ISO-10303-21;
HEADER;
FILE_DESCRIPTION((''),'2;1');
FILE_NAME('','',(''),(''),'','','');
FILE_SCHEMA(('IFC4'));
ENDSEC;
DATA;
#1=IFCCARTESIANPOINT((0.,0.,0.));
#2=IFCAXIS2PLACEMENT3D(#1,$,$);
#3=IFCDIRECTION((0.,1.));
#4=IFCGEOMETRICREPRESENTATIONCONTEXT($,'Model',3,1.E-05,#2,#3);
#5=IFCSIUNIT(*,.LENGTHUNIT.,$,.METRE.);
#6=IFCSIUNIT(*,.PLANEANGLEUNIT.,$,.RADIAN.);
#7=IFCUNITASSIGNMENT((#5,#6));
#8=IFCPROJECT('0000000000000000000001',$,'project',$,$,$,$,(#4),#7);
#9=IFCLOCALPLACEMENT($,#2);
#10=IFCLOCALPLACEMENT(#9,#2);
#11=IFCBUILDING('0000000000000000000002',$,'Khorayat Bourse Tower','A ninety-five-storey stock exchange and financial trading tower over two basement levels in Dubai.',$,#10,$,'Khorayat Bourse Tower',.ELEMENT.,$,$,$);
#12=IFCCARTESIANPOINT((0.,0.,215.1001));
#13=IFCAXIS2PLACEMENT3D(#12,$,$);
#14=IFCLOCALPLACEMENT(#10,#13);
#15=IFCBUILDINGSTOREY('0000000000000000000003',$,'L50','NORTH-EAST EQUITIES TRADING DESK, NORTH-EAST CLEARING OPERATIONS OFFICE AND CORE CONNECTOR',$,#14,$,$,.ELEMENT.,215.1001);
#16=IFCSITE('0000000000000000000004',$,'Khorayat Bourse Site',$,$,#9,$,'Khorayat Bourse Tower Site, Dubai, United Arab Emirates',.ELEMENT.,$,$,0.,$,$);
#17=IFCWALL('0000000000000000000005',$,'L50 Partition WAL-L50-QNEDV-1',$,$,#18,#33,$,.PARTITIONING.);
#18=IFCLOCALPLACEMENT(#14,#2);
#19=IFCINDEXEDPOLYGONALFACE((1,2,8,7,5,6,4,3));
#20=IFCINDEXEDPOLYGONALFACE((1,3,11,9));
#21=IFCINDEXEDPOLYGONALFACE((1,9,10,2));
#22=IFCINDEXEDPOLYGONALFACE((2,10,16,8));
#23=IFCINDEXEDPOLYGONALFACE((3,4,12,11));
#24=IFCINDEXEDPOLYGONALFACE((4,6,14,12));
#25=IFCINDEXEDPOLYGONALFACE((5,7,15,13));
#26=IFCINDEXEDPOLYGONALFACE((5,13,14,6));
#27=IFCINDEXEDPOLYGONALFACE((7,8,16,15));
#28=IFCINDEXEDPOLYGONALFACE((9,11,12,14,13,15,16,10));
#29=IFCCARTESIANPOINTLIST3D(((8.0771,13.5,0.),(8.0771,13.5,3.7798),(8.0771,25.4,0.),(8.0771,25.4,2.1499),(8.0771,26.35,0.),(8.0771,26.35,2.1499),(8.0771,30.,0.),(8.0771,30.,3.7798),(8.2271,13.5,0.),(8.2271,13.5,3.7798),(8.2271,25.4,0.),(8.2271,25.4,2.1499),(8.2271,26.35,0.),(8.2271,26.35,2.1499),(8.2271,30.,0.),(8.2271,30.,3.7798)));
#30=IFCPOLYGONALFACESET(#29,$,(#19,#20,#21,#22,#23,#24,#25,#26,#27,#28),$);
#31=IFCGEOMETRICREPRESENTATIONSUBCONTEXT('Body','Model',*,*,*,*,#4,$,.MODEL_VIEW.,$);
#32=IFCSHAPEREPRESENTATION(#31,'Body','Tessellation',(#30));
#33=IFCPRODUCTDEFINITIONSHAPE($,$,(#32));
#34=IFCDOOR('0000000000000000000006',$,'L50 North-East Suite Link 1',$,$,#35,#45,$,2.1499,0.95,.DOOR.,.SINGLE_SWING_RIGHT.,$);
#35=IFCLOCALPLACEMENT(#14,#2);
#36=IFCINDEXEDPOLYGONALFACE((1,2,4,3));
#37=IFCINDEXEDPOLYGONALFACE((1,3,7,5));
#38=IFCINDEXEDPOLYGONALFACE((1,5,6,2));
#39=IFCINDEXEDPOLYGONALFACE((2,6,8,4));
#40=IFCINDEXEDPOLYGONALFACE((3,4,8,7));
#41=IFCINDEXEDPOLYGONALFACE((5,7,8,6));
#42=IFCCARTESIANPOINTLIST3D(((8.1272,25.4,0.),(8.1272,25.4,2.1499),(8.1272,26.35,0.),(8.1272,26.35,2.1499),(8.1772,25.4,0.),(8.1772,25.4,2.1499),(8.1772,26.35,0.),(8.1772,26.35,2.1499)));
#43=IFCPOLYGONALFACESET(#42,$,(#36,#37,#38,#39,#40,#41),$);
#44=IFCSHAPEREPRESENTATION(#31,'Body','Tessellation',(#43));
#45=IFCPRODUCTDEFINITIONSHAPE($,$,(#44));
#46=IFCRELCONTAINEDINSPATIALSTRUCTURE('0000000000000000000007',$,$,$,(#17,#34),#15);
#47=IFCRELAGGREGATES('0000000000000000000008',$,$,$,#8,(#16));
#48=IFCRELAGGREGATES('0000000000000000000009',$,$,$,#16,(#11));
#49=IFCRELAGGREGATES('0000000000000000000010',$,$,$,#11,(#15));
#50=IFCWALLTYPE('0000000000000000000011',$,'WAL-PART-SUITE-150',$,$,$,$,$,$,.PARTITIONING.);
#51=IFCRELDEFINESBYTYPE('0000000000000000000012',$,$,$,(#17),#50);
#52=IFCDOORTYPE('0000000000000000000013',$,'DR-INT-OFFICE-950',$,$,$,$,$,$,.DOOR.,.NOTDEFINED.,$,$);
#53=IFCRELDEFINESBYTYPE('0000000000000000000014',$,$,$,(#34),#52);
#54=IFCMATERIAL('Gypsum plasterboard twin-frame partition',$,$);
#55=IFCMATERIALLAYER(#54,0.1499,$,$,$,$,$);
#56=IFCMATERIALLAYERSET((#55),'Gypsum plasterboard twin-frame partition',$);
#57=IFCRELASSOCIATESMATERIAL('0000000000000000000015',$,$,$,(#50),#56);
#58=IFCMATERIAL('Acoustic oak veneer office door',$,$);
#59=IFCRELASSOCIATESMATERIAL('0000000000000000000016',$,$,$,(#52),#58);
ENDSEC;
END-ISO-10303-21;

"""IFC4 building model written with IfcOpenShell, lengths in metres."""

from ifc_helpers import new_model, si_unit, direction, frame, frame_2d, origin, place, context, subcontext, project, spatial, rectangle, extrude, source, transform, mapped, material, layer, layer_set, type_object, element, fill, save


model = new_model("IFC4")

# Units and contexts
model_context = context("Model", 3, precision=1e-05, world=origin(), true_north=direction((0.0, 1.0)))
body_context = subcontext(model_context, "Body", "Model", "MODEL_VIEW")
ifc_project = project(units=[si_unit("LENGTHUNIT", "METRE"), si_unit("PLANEANGLEUNIT", "RADIAN")], contexts=[model_context])

# Site, building, storey
site_placement = place(None, origin())
site = spatial("IfcSite", under=ifc_project, at=site_placement, Name="Khorayat Bourse Site", LongName="Khorayat Bourse Tower Site, Dubai, United Arab Emirates", CompositionType="ELEMENT", RefElevation=0.0)
building_placement = place(site_placement, origin())
building = spatial("IfcBuilding", under=site, at=building_placement, Name="Khorayat Bourse Tower", Description="A ninety-five-storey stock exchange and financial trading tower over two basement levels in Dubai.", LongName="Khorayat Bourse Tower", CompositionType="ELEMENT")
storey_placement = place(building_placement, frame((0.0, 0.0, 215.1001)))
storey = spatial("IfcBuildingStorey", under=building, at=storey_placement, Name="L50", Description="NORTH-EAST EQUITIES TRADING DESK, NORTH-EAST CLEARING OPERATIONS OFFICE AND CORE CONNECTOR", CompositionType="ELEMENT", Elevation=215.1001)

# Wall, opening, door
ifc_material_1 = material(Name="Gypsum plasterboard twin-frame partition")
ifc_layer_1 = layer(ifc_material_1, 0.1499)
ifc_layer_set_1 = layer_set([ifc_layer_1], Name="Gypsum plasterboard twin-frame partition")
wall_type_1 = type_object("IfcWallType", Name="WAL-PART-SUITE-150", PredefinedType="PARTITIONING", material=ifc_layer_set_1)
shared_shape_1 = source(origin(), body_context, "Body", "SweptSolid", [
    extrude(rectangle(XDim=16.5, YDim=0.1499, at=frame_2d((8.25, 0.0))), origin(), (0.0, 0.0, 1.0), 3.7798),
])
wall_1_placement = place(storey_placement, frame((8.1521, 13.5, 0.0), z_axis=(0.0, 0.0, 1.0), x_axis=(0.0, 1.0, 0.0)))
wall_1 = element("IfcWall", 1, at=wall_1_placement, inside=storey, type_object=wall_type_1, Name="L50 Partition WAL-L50-QNEDV-1", PredefinedType="PARTITIONING", context=body_context, shape_type="MappedRepresentation", body=[
    mapped(shared_shape_1, transform((0.0, 0.0, 0.0), scale=1.0)),
])
shared_shape_2 = source(origin(), body_context, "Body", "SweptSolid", [
    extrude(rectangle(XDim=0.95, YDim=2.1499, at=frame_2d((0.4751, 1.075))), frame((0.0, 0.085, 0.0), z_axis=(0.0, -1.0, 0.0), x_axis=(1.0, 0.0, 0.0)), (0.0, 0.0, 1.0), 0.1699),
])
opening_1_placement = place(wall_1_placement, frame((11.8999, 0.0, 0.0)))
opening_1 = element("IfcOpeningElement", 2, at=opening_1_placement, cuts=wall_1, PredefinedType="OPENING", context=body_context, shape_type="MappedRepresentation", body=[
    mapped(shared_shape_2, transform((0.0, 0.0, 0.0), scale=1.0)),
])
ifc_material_2 = material(Name="Acoustic oak veneer office door")
door_type_1 = type_object("IfcDoorType", Name="DR-INT-OFFICE-950", OperationType="NOTDEFINED", PredefinedType="DOOR", material=ifc_material_2)
shared_shape_3 = source(origin(), body_context, "Body", "SweptSolid", [
    extrude(rectangle(XDim=0.95, YDim=2.1499, at=frame_2d((0.4751, 1.075))), frame((0.0, 0.0249, 0.0), z_axis=(0.0, -1.0, 0.0), x_axis=(1.0, 0.0, 0.0)), (0.0, 0.0, 1.0), 0.05),
])
door_1_placement = place(opening_1_placement, origin())
door_1 = element("IfcDoor", 3, at=door_1_placement, inside=storey, type_object=door_type_1, Name="L50 North-East Suite Link 1", OperationType="SINGLE_SWING_RIGHT", OverallHeight=2.1499, OverallWidth=0.95, PredefinedType="DOOR", context=body_context, shape_type="MappedRepresentation", body=[
    mapped(shared_shape_3, transform((0.0, 0.0, 0.0), scale=1.0)),
])
fill(opening_1, door_1)

save(model, "model.ifc")
